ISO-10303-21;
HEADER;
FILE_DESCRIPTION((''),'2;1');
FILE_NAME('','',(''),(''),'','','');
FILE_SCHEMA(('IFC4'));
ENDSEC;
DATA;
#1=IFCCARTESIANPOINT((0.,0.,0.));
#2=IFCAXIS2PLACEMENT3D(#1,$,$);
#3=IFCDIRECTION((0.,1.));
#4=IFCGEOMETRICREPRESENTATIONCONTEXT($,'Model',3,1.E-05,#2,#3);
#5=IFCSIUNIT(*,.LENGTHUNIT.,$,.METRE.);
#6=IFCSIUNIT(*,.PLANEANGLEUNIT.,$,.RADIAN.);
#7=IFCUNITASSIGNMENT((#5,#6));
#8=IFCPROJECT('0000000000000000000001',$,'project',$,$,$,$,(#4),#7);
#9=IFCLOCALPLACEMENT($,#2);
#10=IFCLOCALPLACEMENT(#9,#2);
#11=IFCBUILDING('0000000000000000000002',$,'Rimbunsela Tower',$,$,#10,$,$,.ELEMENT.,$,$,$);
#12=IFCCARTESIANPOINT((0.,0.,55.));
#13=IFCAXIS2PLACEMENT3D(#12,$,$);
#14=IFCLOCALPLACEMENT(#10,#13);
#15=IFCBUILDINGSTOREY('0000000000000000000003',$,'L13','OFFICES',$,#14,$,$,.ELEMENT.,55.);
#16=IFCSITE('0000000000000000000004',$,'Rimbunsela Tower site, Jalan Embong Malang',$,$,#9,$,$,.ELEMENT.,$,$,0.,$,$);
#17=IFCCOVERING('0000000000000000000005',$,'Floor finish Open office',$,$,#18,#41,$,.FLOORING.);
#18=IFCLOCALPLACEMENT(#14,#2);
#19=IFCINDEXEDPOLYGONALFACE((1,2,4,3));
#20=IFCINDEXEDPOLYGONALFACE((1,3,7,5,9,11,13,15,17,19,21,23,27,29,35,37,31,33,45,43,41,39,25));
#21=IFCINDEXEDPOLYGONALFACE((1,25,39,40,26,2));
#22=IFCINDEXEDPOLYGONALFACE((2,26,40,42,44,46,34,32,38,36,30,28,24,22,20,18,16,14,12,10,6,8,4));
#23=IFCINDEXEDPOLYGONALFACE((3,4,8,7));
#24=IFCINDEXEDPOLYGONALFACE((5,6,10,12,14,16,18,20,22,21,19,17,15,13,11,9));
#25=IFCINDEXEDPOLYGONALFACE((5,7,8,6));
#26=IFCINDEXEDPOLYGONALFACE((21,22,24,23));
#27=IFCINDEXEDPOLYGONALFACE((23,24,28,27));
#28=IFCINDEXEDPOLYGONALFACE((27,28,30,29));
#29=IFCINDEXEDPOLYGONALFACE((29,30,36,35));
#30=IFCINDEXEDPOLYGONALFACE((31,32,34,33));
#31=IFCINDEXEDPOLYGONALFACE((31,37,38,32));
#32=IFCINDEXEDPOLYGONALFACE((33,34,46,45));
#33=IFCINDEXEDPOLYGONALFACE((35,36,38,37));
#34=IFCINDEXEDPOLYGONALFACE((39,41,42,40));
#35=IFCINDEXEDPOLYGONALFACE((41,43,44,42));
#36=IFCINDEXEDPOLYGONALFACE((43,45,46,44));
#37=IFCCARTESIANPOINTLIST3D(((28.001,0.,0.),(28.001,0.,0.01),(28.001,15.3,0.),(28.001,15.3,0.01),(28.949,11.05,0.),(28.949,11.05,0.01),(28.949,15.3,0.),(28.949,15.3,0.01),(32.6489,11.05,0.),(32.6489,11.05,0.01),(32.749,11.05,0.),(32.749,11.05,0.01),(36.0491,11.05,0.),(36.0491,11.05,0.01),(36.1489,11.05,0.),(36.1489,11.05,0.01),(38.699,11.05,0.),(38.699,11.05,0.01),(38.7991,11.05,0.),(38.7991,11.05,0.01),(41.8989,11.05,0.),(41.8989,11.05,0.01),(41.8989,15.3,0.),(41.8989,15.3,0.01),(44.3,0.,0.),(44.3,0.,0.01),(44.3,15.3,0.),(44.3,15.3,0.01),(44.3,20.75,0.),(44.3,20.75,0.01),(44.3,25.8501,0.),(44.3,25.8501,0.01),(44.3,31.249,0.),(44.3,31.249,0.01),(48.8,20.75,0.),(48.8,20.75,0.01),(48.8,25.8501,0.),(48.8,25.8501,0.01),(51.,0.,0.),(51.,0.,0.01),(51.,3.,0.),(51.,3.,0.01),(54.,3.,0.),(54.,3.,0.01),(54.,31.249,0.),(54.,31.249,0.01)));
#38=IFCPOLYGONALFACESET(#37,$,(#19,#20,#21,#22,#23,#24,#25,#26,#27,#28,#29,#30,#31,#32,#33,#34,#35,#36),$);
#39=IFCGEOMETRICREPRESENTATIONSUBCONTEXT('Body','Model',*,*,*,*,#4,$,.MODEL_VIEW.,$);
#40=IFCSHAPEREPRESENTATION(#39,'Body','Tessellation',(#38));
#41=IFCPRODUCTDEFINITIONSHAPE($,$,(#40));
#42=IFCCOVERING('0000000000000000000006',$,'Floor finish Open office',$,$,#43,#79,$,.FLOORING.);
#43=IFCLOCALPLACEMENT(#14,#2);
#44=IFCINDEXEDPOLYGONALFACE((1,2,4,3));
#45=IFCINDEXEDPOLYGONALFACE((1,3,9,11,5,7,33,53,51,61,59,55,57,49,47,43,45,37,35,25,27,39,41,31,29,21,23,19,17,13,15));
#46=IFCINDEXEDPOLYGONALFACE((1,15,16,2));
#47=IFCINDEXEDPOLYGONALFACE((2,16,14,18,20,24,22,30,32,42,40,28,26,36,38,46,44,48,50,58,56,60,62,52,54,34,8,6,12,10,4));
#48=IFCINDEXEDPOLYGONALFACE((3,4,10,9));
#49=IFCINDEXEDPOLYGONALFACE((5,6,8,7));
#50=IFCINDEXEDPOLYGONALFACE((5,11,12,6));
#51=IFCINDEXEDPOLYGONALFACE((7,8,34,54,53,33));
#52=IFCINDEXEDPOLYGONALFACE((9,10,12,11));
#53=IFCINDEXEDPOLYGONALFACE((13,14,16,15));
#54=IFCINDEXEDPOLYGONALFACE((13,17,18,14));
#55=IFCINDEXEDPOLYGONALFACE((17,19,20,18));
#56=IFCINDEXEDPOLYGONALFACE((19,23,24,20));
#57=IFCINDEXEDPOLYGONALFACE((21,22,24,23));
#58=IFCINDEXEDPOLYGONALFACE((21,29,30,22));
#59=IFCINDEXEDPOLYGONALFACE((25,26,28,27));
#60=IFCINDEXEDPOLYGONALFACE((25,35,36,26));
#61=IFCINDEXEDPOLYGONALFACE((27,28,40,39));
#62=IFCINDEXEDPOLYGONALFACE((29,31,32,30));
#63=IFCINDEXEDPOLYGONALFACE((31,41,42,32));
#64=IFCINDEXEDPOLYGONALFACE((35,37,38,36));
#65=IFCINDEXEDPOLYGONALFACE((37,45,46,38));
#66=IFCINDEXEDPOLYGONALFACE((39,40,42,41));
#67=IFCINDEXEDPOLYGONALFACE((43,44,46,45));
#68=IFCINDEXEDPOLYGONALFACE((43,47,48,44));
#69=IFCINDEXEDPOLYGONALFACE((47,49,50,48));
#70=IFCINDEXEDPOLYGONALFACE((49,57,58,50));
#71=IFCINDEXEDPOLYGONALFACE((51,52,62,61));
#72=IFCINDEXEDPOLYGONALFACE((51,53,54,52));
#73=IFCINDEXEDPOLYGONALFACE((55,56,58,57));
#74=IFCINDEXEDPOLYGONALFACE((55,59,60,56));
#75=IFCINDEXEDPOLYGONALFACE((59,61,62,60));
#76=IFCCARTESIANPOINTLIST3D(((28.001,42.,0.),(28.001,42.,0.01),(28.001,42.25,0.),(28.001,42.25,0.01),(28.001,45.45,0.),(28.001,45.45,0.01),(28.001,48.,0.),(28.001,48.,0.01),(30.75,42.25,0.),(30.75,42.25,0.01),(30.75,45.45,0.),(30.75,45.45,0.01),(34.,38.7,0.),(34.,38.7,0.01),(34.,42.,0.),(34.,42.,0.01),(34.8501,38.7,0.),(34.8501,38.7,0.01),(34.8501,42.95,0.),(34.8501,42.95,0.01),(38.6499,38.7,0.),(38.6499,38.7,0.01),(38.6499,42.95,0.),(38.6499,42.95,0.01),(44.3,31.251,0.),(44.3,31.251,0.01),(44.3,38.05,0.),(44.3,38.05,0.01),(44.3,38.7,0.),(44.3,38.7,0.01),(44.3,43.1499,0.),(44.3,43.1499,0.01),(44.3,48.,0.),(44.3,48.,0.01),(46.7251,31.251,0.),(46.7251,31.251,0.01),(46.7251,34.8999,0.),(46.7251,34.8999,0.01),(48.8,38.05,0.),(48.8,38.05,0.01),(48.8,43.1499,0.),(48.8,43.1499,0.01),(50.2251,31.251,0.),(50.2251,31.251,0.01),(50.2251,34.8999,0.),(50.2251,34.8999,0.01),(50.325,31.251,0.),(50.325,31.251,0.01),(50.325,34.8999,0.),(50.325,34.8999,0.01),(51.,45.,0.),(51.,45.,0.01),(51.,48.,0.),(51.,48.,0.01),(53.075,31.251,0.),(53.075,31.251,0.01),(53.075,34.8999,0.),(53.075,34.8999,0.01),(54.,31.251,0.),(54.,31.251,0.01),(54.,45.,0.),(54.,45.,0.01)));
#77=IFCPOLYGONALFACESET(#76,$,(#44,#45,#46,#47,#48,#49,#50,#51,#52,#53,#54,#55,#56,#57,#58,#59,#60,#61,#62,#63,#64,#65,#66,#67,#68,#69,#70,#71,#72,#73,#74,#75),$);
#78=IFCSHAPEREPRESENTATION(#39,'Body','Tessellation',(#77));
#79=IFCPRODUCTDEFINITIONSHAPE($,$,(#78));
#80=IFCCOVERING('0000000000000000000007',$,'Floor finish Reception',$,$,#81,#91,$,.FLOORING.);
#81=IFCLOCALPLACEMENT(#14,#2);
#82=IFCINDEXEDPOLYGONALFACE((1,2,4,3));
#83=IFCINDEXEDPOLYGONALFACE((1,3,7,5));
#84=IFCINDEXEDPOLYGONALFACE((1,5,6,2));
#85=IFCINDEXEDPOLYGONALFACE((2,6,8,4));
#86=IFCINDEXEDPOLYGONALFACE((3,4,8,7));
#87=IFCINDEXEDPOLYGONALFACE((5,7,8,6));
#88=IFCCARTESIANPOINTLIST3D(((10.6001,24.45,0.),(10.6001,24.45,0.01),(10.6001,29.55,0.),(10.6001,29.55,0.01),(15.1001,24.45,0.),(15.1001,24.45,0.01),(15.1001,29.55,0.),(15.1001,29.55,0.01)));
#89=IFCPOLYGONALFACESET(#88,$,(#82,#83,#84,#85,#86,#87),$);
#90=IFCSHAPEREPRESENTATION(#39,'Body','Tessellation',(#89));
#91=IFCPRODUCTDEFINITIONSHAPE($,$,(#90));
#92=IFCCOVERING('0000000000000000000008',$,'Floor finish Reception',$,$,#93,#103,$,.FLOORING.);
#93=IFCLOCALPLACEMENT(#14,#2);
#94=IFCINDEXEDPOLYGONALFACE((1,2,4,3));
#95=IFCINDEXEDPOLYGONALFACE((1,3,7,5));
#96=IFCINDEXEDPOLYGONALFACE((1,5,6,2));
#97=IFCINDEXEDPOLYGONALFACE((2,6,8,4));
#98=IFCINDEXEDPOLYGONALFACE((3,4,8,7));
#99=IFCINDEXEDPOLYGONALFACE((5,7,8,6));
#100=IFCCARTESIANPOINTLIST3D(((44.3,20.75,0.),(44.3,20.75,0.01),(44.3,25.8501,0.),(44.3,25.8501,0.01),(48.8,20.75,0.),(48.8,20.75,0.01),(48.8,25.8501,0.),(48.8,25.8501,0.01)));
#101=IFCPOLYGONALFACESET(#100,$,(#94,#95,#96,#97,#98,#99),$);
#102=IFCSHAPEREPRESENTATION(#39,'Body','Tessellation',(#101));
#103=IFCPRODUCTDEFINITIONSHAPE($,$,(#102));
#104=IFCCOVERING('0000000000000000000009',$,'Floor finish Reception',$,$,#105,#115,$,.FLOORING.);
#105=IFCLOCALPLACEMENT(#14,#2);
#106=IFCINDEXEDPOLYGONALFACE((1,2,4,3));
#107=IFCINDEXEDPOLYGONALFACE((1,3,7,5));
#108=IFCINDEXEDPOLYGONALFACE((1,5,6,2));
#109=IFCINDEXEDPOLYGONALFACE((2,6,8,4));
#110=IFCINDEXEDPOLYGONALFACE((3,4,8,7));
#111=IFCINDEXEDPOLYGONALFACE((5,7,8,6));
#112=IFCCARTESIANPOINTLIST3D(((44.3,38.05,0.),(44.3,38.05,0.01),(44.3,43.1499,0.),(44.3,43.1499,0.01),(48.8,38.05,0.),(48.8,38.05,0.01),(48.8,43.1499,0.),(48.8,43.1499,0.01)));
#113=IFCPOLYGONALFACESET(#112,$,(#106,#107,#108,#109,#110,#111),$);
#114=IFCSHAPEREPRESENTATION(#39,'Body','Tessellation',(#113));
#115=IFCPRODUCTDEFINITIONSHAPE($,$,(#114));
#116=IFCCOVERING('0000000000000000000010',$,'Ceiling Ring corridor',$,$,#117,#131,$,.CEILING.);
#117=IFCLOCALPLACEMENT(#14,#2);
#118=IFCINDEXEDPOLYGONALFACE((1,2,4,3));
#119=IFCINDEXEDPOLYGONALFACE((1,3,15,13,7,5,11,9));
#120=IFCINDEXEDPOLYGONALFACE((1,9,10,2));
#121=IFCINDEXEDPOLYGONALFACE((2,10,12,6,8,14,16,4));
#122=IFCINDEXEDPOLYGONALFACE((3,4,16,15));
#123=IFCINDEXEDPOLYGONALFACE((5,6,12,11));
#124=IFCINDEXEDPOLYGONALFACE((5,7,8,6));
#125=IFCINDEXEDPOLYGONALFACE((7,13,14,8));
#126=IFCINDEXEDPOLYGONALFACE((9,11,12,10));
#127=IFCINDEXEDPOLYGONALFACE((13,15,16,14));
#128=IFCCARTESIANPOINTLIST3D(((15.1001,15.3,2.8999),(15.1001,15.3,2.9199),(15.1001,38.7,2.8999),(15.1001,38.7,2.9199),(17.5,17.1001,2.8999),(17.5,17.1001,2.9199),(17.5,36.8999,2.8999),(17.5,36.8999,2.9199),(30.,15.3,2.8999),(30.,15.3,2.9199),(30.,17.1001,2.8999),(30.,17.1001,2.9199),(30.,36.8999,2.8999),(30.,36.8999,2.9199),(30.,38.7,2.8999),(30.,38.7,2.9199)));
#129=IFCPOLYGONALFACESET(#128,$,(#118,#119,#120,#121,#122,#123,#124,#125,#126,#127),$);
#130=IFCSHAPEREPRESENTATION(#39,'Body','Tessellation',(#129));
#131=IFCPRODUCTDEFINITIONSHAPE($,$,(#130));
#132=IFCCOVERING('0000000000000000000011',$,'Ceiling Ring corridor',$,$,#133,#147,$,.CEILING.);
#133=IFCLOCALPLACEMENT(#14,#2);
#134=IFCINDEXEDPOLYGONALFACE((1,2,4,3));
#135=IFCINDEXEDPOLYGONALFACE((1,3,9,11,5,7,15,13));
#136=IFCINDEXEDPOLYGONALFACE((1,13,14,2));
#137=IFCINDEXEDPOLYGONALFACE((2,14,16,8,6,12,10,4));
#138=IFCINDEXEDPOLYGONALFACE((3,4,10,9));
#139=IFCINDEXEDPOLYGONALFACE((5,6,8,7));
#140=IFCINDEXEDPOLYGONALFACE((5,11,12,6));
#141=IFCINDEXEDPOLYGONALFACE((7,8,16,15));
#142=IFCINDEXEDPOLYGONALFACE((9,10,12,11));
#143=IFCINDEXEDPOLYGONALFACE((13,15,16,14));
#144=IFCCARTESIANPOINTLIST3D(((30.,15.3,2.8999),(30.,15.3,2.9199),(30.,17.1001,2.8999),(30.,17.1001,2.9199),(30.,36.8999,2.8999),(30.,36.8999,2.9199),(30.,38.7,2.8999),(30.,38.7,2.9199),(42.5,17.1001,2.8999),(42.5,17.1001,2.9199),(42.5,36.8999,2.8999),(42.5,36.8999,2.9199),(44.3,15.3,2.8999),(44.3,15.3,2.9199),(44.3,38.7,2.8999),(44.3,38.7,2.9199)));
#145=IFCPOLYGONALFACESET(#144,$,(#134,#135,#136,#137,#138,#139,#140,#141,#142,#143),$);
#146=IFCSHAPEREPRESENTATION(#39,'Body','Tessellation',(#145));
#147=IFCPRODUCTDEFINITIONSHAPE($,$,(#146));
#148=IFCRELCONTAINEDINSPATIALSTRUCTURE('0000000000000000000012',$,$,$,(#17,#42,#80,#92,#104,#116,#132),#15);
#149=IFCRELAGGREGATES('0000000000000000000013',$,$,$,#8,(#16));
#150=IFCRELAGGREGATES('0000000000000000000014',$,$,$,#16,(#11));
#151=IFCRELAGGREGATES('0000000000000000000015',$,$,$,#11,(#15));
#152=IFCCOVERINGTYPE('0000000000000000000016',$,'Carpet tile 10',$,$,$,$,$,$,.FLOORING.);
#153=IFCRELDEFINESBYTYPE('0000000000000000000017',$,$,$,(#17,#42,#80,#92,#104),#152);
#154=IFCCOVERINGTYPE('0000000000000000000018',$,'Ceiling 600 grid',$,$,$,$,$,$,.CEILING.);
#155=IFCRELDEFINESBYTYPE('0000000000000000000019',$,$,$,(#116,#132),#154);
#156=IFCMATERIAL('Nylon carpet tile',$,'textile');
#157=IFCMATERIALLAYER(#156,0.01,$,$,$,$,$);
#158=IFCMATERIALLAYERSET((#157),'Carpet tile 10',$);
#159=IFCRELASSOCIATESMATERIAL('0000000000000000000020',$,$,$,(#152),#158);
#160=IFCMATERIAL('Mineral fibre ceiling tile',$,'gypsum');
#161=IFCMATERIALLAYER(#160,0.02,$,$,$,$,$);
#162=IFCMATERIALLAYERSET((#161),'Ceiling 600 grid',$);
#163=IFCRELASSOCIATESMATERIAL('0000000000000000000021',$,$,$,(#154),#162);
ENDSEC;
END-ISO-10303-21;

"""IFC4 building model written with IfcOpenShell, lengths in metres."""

from ifc_helpers import new_model, si_unit, direction, frame, origin, place, context, subcontext, project, spatial, polyline, outline, extrude, material, layer, layer_set, type_object, element, save


model = new_model("IFC4")

# Units and contexts
model_context = context("Model", 3, precision=1e-05, world=origin(), true_north=direction((0.0, 1.0)))
body_context = subcontext(model_context, "Body", "Model", "MODEL_VIEW")
ifc_project = project(units=[si_unit("LENGTHUNIT", "METRE"), si_unit("PLANEANGLEUNIT", "RADIAN")], contexts=[model_context])

# Site, building, storey
site_placement = place(None, origin())
site = spatial("IfcSite", under=ifc_project, at=site_placement, Name="Rimbunsela Tower site, Jalan Embong Malang", CompositionType="ELEMENT", RefElevation=0.0)
building_placement = place(site_placement, origin())
building = spatial("IfcBuilding", under=site, at=building_placement, Name="Rimbunsela Tower", CompositionType="ELEMENT")
storey_placement = place(building_placement, frame((0.0, 0.0, 55.0)))
storey = spatial("IfcBuildingStorey", under=building, at=storey_placement, Name="L13", Description="OFFICES", CompositionType="ELEMENT", Elevation=55.0)

# Coverings
ifc_material_1 = material(Name="Nylon carpet tile", Category="textile")
ifc_layer_1 = layer(ifc_material_1, 0.01)
ifc_layer_set_1 = layer_set([ifc_layer_1], Name="Carpet tile 10")
covering_type_1 = type_object("IfcCoveringType", Name="Carpet tile 10", PredefinedType="FLOORING", material=ifc_layer_set_1)
covering_1_placement = place(storey_placement, origin())
element("IfcCovering", 1, at=covering_1_placement, inside=storey, type_object=covering_type_1, Name="Floor finish Open office", PredefinedType="FLOORING", context=body_context, shape_type="SweptSolid", body=[
    extrude(outline(polyline([(28.001, 15.3), (28.949, 15.3), (28.949, 11.05), (32.6489, 11.05), (32.749, 11.05), (36.0491, 11.05), (36.1489, 11.05), (38.699, 11.05), (38.7991, 11.05), (41.8989, 11.05), (41.8989, 15.3), (44.3, 15.3), (44.3, 20.75), (48.8, 20.75), (48.8, 25.8501), (44.3, 25.8501), (44.3, 31.249), (54.0, 31.249), (54.0, 3.0), (51.0, 3.0), (51.0, 0.0), (44.3, 0.0), (28.001, 0.0), (28.001, 15.3)])), origin(), (0.0, 0.0, 1.0), 0.01),
])
covering_2_placement = place(storey_placement, origin())
element("IfcCovering", 2, at=covering_2_placement, inside=storey, type_object=covering_type_1, Name="Floor finish Open office", PredefinedType="FLOORING", context=body_context, shape_type="SweptSolid", body=[
    extrude(outline(polyline([(44.3, 38.7), (38.6499, 38.7), (38.6499, 42.95), (34.8501, 42.95), (34.8501, 38.7), (34.0, 38.7), (34.0, 42.0), (28.001, 42.0), (28.001, 42.25), (30.75, 42.25), (30.75, 45.45), (28.001, 45.45), (28.001, 48.0), (44.3, 48.0), (51.0, 48.0), (51.0, 45.0), (54.0, 45.0), (54.0, 31.251), (53.075, 31.251), (53.075, 34.8999), (50.325, 34.8999), (50.325, 31.251), (50.2251, 31.251), (50.2251, 34.8999), (46.7251, 34.8999), (46.7251, 31.251), (44.3, 31.251), (44.3, 38.05), (48.8, 38.05), (48.8, 43.1499), (44.3, 43.1499), (44.3, 38.7)])), origin(), (0.0, 0.0, 1.0), 0.01),
])
covering_3_placement = place(storey_placement, origin())
element("IfcCovering", 3, at=covering_3_placement, inside=storey, type_object=covering_type_1, Name="Floor finish Reception", PredefinedType="FLOORING", context=body_context, shape_type="SweptSolid", body=[
    extrude(outline(polyline([(15.1001, 24.45), (15.1001, 29.55), (10.6001, 29.55), (10.6001, 24.45), (15.1001, 24.45)])), origin(), (0.0, 0.0, 1.0), 0.01),
])
covering_4_placement = place(storey_placement, origin())
element("IfcCovering", 4, at=covering_4_placement, inside=storey, type_object=covering_type_1, Name="Floor finish Reception", PredefinedType="FLOORING", context=body_context, shape_type="SweptSolid", body=[
    extrude(outline(polyline([(48.8, 20.75), (48.8, 25.8501), (44.3, 25.8501), (44.3, 20.75), (48.8, 20.75)])), origin(), (0.0, 0.0, 1.0), 0.01),
])
covering_5_placement = place(storey_placement, origin())
element("IfcCovering", 5, at=covering_5_placement, inside=storey, type_object=covering_type_1, Name="Floor finish Reception", PredefinedType="FLOORING", context=body_context, shape_type="SweptSolid", body=[
    extrude(outline(polyline([(48.8, 38.05), (48.8, 43.1499), (44.3, 43.1499), (44.3, 38.05), (48.8, 38.05)])), origin(), (0.0, 0.0, 1.0), 0.01),
])
ifc_material_2 = material(Name="Mineral fibre ceiling tile", Category="gypsum")
ifc_layer_2 = layer(ifc_material_2, 0.02)
ifc_layer_set_2 = layer_set([ifc_layer_2], Name="Ceiling 600 grid")
covering_type_2 = type_object("IfcCoveringType", Name="Ceiling 600 grid", PredefinedType="CEILING", material=ifc_layer_set_2)
covering_6_placement = place(storey_placement, frame((0.0, 0.0, 2.8999)))
element("IfcCovering", 6, at=covering_6_placement, inside=storey, type_object=covering_type_2, Name="Ceiling Ring corridor", PredefinedType="CEILING", context=body_context, shape_type="SweptSolid", body=[
    extrude(outline(polyline([(15.1001, 38.7), (30.0, 38.7), (30.0, 36.8999), (17.5, 36.8999), (17.5, 17.1001), (30.0, 17.1001), (30.0, 15.3), (15.1001, 15.3), (15.1001, 38.7)])), origin(), (0.0, 0.0, 1.0), 0.02),
])
covering_7_placement = place(storey_placement, frame((0.0, 0.0, 2.8999)))
element("IfcCovering", 7, at=covering_7_placement, inside=storey, type_object=covering_type_2, Name="Ceiling Ring corridor", PredefinedType="CEILING", context=body_context, shape_type="SweptSolid", body=[
    extrude(outline(polyline([(44.3, 38.7), (44.3, 15.3), (30.0, 15.3), (30.0, 17.1001), (42.5, 17.1001), (42.5, 36.8999), (30.0, 36.8999), (30.0, 38.7), (44.3, 38.7)])), origin(), (0.0, 0.0, 1.0), 0.02),
])

save(model, "model.ifc")
